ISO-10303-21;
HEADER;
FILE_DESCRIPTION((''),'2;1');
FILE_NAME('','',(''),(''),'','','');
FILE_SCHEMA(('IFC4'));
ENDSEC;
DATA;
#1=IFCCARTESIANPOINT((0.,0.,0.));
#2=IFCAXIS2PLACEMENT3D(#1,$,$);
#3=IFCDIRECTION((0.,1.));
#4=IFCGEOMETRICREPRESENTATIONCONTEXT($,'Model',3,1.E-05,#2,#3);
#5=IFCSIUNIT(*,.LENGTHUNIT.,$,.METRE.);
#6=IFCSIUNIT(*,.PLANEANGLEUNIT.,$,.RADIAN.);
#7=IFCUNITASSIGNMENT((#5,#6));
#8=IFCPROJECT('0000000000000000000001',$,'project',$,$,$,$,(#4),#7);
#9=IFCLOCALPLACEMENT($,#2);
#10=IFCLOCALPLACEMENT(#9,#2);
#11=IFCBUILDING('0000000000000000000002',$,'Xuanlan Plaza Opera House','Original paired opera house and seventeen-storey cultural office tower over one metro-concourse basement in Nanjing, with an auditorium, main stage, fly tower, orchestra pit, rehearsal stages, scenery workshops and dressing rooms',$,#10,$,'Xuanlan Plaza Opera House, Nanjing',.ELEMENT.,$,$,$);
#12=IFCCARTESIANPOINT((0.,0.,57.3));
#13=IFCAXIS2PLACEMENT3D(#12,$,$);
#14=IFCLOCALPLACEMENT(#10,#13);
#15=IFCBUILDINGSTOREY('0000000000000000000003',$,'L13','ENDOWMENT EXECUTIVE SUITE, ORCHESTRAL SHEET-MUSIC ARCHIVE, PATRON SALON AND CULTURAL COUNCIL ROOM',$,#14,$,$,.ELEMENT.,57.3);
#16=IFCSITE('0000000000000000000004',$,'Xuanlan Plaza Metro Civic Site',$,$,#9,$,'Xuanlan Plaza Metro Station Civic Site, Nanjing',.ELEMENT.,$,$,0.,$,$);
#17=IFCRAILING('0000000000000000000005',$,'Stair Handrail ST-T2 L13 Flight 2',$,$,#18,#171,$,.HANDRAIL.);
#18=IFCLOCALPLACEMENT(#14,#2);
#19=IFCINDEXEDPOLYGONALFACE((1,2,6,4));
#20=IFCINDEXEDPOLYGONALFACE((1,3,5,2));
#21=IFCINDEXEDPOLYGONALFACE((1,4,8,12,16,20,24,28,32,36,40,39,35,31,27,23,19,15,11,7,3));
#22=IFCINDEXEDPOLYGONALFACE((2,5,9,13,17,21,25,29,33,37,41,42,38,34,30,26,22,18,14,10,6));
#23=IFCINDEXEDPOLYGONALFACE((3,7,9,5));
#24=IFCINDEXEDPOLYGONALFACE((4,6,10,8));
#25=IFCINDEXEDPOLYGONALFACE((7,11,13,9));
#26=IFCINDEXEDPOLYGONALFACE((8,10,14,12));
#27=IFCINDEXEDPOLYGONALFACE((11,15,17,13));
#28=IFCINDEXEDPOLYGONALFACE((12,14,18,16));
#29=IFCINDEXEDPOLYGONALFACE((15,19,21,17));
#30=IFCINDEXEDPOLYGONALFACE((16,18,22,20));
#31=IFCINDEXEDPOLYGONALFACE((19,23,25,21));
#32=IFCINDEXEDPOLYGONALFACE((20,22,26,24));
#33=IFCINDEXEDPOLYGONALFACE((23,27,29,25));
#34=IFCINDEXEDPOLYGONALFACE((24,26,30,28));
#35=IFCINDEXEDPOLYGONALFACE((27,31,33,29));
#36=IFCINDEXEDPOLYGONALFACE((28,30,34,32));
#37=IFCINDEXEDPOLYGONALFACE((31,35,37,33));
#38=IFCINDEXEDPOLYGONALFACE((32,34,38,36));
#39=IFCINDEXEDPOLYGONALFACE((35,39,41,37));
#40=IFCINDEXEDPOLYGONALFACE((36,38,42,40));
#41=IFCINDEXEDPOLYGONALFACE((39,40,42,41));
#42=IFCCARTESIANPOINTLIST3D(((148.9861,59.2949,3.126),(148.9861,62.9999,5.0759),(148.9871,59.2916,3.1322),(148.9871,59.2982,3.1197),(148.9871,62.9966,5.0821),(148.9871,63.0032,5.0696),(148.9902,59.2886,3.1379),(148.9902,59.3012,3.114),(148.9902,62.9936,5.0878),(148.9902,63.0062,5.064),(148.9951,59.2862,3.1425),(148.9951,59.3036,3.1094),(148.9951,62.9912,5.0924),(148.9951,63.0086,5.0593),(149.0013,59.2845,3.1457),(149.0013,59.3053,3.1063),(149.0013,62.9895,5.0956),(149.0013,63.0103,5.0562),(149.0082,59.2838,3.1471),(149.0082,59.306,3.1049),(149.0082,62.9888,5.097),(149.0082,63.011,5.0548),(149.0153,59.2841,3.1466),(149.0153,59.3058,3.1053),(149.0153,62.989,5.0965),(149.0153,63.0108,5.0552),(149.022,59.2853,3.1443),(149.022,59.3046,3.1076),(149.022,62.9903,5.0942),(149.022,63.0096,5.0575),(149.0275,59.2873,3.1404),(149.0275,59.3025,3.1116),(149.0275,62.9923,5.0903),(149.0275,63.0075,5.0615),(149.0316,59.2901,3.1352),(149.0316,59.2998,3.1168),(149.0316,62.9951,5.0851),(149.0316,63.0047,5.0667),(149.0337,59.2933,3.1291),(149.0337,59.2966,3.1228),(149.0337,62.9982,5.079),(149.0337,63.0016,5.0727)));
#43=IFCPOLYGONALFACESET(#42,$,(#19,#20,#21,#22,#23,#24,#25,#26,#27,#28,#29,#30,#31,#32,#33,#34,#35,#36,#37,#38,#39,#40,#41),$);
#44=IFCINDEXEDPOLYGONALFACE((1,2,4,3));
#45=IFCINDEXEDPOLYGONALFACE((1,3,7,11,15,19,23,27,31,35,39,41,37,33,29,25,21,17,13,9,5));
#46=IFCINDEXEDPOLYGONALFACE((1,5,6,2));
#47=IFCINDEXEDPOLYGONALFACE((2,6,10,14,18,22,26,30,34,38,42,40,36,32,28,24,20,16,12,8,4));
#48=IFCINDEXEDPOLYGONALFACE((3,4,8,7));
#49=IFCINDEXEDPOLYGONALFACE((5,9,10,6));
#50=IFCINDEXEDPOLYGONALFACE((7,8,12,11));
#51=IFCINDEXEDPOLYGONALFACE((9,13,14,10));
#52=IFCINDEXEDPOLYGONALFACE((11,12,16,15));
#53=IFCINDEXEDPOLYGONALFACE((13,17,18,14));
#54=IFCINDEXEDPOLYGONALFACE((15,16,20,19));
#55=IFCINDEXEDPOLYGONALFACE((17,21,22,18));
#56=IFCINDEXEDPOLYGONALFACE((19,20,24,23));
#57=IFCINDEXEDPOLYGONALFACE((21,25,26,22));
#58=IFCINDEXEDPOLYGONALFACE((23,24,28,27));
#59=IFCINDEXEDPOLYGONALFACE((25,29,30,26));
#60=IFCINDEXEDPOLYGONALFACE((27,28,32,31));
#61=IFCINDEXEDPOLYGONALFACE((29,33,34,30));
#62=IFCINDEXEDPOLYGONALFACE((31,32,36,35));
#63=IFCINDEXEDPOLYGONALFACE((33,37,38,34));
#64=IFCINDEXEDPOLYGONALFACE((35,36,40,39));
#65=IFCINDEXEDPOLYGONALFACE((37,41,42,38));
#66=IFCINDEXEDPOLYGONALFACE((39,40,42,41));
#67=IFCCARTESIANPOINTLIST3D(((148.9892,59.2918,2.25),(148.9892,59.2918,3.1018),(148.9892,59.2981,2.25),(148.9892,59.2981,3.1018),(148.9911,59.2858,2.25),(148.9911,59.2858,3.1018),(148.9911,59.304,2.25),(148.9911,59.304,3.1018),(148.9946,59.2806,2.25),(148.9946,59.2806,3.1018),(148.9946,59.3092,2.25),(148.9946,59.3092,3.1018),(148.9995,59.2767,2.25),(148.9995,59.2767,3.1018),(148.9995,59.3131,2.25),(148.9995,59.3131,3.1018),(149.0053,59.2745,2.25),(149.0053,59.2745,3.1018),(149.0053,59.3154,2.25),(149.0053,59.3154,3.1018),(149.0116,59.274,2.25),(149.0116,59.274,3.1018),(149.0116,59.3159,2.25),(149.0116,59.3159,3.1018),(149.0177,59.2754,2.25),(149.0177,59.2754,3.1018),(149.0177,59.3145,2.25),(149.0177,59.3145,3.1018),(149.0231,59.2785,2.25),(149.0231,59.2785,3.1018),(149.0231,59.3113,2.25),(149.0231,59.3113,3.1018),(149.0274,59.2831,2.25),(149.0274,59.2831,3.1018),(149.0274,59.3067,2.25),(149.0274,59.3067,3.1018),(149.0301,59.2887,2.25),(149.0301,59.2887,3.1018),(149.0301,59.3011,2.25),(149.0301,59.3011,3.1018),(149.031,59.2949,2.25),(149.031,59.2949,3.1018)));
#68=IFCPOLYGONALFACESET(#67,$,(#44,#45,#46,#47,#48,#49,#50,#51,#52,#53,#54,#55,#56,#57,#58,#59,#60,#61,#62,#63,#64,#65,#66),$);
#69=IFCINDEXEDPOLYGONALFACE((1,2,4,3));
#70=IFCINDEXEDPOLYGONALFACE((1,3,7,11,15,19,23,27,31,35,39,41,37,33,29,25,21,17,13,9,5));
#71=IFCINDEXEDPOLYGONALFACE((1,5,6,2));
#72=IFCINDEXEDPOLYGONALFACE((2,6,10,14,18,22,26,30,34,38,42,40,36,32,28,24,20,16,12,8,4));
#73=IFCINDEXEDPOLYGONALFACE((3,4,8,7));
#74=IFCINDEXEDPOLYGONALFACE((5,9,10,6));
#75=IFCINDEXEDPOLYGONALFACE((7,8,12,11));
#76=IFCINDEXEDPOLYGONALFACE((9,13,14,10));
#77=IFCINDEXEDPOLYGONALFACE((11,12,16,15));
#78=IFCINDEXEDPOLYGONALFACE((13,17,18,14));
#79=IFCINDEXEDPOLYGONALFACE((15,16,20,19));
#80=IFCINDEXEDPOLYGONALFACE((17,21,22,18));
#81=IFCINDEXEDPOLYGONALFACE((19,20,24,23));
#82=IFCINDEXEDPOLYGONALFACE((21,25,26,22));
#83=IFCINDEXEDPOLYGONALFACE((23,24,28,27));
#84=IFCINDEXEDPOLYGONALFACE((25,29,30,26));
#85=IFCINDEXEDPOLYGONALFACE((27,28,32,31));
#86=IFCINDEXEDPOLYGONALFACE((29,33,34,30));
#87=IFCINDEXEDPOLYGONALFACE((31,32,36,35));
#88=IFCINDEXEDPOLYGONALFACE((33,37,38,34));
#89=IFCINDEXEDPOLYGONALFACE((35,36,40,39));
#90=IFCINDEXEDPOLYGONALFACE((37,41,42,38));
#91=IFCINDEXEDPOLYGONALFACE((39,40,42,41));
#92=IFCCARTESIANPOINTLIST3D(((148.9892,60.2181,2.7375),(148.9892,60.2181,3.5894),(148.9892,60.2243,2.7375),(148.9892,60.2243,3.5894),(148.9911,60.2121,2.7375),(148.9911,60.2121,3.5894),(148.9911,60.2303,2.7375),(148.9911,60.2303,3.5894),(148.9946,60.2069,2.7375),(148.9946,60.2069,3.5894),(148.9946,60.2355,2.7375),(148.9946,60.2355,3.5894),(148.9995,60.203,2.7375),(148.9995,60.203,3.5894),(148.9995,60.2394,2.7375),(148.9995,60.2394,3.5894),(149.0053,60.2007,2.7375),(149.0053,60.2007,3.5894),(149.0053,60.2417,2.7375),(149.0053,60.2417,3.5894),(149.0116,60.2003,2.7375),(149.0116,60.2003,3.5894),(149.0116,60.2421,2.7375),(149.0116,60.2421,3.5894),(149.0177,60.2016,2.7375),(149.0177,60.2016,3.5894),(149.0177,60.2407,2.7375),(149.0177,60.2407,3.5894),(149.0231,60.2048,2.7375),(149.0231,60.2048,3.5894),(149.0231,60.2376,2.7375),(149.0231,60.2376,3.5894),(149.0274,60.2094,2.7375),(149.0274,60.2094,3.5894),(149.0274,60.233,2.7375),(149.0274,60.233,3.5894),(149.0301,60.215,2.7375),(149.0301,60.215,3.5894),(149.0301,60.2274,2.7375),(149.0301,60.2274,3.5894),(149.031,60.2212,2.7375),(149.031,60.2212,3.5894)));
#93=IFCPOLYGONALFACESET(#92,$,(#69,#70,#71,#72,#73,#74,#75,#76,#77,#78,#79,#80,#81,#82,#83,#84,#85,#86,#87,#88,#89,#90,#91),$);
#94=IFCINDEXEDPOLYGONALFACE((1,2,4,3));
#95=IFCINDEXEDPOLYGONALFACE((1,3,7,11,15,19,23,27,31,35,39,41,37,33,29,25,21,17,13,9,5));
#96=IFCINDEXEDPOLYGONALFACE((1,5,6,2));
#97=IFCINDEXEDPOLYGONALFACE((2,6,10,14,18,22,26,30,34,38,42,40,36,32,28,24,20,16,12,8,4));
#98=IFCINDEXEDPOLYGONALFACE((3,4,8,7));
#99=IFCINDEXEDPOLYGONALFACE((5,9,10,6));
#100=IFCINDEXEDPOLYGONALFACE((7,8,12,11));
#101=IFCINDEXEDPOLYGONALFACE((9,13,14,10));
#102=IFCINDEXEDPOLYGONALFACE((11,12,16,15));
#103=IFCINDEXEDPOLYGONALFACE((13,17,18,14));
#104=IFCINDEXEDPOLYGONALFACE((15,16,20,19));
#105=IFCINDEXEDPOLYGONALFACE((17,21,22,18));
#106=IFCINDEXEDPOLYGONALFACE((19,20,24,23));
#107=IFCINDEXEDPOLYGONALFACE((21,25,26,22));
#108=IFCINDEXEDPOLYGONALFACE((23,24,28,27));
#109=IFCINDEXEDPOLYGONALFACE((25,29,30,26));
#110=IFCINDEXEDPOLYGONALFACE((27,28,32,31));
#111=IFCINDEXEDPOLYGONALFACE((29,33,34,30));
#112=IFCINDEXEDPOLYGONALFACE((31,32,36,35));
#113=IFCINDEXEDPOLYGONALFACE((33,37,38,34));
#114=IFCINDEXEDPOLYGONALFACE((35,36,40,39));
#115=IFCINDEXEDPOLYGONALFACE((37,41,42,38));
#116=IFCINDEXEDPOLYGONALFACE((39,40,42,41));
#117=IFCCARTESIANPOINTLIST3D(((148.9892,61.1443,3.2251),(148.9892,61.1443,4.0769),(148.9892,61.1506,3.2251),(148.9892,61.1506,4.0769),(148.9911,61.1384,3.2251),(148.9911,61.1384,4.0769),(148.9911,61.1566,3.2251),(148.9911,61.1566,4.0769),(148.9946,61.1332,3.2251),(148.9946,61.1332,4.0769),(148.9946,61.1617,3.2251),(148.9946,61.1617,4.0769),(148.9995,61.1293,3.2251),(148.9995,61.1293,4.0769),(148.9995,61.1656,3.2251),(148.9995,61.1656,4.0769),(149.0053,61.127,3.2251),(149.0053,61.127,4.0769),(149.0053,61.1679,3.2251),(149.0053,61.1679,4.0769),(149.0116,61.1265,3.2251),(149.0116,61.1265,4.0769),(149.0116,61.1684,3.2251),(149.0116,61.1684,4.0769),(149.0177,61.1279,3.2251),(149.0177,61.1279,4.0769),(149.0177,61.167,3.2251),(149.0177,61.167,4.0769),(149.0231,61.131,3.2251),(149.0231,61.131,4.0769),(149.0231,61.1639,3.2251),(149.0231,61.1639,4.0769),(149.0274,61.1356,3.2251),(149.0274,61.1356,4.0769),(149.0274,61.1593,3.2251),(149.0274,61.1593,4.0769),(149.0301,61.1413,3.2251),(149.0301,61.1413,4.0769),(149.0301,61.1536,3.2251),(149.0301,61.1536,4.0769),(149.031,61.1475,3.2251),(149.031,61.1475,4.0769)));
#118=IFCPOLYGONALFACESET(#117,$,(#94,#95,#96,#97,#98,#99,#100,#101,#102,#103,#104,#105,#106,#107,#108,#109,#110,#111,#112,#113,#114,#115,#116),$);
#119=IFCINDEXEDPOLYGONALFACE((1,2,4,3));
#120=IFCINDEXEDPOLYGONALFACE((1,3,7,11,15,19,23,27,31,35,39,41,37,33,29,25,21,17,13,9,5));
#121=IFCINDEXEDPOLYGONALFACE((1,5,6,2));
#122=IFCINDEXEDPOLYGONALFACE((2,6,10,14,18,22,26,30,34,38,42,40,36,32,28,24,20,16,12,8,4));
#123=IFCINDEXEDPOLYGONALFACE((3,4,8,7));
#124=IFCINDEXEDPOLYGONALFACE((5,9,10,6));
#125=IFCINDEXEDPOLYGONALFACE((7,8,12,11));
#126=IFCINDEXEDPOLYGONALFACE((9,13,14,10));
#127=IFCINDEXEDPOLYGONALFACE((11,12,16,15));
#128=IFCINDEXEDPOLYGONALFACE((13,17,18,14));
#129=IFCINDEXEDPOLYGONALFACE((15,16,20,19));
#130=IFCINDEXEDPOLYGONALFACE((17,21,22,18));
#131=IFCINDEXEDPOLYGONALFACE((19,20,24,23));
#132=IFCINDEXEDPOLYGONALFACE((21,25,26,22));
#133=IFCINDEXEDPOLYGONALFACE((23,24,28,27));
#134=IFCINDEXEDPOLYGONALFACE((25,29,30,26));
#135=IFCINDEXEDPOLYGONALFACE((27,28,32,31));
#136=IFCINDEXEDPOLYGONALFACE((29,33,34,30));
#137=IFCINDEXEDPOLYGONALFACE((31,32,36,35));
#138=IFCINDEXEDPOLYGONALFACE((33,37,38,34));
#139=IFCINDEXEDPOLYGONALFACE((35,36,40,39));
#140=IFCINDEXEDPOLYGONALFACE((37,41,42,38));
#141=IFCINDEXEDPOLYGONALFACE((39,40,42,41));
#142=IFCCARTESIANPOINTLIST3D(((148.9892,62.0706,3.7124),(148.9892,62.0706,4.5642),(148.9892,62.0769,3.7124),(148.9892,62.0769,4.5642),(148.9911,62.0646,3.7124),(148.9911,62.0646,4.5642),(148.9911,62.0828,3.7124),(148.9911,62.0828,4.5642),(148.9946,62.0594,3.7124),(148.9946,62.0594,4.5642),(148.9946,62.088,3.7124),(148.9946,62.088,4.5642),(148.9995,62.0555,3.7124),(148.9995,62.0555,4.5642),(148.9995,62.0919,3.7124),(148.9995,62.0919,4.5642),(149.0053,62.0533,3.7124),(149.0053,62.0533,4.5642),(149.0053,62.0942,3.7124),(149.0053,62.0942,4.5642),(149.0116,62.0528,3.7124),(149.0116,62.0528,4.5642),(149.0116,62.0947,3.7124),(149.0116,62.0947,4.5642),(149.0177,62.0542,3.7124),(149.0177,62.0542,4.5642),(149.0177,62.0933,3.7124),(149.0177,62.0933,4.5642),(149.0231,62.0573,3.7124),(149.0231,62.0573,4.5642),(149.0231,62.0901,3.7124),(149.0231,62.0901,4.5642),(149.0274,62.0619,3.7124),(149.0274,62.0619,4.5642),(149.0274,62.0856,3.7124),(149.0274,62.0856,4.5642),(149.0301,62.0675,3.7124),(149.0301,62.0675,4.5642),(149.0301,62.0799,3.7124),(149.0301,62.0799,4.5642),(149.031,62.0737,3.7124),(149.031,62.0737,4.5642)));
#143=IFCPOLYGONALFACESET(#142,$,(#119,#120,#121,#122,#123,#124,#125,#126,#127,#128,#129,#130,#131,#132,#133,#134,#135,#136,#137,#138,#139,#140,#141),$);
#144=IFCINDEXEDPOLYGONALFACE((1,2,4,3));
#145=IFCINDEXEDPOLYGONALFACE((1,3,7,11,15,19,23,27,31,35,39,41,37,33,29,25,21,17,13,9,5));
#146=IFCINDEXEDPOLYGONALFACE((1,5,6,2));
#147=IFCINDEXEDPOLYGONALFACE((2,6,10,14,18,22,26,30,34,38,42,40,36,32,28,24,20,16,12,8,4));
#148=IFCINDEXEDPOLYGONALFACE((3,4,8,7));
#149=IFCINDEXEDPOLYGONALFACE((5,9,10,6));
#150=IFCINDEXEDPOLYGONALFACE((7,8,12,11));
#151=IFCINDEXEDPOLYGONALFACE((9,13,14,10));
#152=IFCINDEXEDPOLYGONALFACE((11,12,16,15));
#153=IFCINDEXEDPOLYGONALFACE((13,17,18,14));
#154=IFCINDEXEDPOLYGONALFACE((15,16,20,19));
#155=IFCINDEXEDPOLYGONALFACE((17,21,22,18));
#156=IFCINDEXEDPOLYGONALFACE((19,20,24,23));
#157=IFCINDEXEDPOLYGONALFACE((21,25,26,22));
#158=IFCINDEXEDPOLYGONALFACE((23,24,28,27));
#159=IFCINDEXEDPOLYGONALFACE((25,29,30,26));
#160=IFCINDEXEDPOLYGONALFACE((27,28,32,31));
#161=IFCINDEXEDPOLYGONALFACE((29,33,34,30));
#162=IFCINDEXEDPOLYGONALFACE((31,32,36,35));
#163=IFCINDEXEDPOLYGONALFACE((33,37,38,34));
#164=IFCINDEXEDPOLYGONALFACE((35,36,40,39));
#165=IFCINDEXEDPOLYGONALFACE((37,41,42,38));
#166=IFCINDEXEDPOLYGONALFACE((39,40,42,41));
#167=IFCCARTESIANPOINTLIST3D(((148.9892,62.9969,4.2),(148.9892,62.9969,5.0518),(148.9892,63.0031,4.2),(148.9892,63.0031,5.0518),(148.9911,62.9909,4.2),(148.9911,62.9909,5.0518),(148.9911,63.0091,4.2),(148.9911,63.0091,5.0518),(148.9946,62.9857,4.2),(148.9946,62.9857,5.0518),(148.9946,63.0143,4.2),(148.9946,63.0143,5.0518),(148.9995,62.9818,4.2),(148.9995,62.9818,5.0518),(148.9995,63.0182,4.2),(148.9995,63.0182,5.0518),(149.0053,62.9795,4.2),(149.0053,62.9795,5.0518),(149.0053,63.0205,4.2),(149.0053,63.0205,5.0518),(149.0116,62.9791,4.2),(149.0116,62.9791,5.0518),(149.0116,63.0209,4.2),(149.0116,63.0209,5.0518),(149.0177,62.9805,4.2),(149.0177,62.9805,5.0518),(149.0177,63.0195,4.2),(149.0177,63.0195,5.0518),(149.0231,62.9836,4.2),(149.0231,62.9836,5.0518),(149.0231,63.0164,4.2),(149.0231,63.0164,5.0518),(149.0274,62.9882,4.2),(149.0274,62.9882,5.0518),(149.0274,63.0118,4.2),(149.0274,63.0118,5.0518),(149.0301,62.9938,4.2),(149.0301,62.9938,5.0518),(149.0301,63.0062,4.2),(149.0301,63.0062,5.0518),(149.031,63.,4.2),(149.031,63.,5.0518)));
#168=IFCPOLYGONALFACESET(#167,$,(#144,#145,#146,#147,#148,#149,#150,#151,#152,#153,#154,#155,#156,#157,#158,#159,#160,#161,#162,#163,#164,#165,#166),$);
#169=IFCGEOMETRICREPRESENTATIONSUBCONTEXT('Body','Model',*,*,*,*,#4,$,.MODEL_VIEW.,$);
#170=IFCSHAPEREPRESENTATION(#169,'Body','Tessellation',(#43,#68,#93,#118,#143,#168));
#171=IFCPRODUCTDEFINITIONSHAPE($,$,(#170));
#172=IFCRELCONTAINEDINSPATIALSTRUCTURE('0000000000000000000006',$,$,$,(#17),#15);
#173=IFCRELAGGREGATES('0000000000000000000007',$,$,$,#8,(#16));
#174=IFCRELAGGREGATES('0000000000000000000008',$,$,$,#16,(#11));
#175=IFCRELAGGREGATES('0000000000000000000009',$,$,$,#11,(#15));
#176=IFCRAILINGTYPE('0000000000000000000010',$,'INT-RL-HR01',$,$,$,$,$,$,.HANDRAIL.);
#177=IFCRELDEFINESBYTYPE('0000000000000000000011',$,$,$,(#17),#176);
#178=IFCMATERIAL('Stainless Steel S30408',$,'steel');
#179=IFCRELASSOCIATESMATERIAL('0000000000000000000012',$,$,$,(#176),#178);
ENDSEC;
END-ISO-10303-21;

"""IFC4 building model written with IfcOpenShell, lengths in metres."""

from ifc_helpers import new_model, si_unit, direction, frame, origin, origin_2d, place, context, subcontext, project, spatial, circle, extrude, material, type_object, element, save


model = new_model("IFC4")

# Units and contexts
model_context = context("Model", 3, precision=1e-05, world=origin(), true_north=direction((0.0, 1.0)))
body_context = subcontext(model_context, "Body", "Model", "MODEL_VIEW")
ifc_project = project(units=[si_unit("LENGTHUNIT", "METRE"), si_unit("PLANEANGLEUNIT", "RADIAN")], contexts=[model_context])

# Site, building, storey
site_placement = place(None, origin())
site = spatial("IfcSite", under=ifc_project, at=site_placement, Name="Xuanlan Plaza Metro Civic Site", LongName="Xuanlan Plaza Metro Station Civic Site, Nanjing", CompositionType="ELEMENT", RefElevation=0.0)
building_placement = place(site_placement, origin())
building = spatial("IfcBuilding", under=site, at=building_placement, Name="Xuanlan Plaza Opera House", Description="Original paired opera house and seventeen-storey cultural office tower over one metro-concourse basement in Nanjing, with an auditorium, main stage, fly tower, orchestra pit, rehearsal stages, scenery workshops and dressing rooms", LongName="Xuanlan Plaza Opera House, Nanjing", CompositionType="ELEMENT")
storey_placement = place(building_placement, frame((0.0, 0.0, 57.3)))
storey = spatial("IfcBuildingStorey", under=building, at=storey_placement, Name="L13", Description="ENDOWMENT EXECUTIVE SUITE, ORCHESTRAL SHEET-MUSIC ARCHIVE, PATRON SALON AND CULTURAL COUNCIL ROOM", CompositionType="ELEMENT", Elevation=57.3)

# Shared definitions
ifc_material_1 = material(Name="Stainless Steel S30408", Category="steel")

# Railing
railing_type = type_object("IfcRailingType", Name="INT-RL-HR01", PredefinedType="HANDRAIL", material=ifc_material_1)
for number, where, name in (
    (1, (149.01, 59.2949, 2.25), "Stair Handrail ST-T2 L13 Flight 2"),
):
    element("IfcRailing", number, at=place(storey_placement, frame(where)), inside=storey, type_object=railing_type, Name=name, PredefinedType="HANDRAIL", context=body_context, shape_type="SweptSolid", body=[
        extrude(circle(Radius=0.0239, at=origin_2d()), frame((0.0, 0.0, 0.876), z_axis=(0.0, 0.884927, 0.46573), x_axis=(-1.0, 0.0, 0.0)), (0.0, 0.0, 1.0), 4.1868),
        extrude(circle(Radius=0.021, at=origin_2d()), origin(), (0.0, 0.0, 1.0), 0.8518),
        extrude(circle(Radius=0.021, at=origin_2d()), frame((0.0, 0.9263, 0.4875)), (0.0, 0.0, 1.0), 0.8518),
        extrude(circle(Radius=0.021, at=origin_2d()), frame((0.0, 1.8525, 0.9751)), (0.0, 0.0, 1.0), 0.8518),
        extrude(circle(Radius=0.021, at=origin_2d()), frame((0.0, 2.7788, 1.4624)), (0.0, 0.0, 1.0), 0.8518),
        extrude(circle(Radius=0.021, at=origin_2d()), frame((0.0, 3.7051, 1.95)), (0.0, 0.0, 1.0), 0.8518),
    ])

save(model, "model.ifc")
